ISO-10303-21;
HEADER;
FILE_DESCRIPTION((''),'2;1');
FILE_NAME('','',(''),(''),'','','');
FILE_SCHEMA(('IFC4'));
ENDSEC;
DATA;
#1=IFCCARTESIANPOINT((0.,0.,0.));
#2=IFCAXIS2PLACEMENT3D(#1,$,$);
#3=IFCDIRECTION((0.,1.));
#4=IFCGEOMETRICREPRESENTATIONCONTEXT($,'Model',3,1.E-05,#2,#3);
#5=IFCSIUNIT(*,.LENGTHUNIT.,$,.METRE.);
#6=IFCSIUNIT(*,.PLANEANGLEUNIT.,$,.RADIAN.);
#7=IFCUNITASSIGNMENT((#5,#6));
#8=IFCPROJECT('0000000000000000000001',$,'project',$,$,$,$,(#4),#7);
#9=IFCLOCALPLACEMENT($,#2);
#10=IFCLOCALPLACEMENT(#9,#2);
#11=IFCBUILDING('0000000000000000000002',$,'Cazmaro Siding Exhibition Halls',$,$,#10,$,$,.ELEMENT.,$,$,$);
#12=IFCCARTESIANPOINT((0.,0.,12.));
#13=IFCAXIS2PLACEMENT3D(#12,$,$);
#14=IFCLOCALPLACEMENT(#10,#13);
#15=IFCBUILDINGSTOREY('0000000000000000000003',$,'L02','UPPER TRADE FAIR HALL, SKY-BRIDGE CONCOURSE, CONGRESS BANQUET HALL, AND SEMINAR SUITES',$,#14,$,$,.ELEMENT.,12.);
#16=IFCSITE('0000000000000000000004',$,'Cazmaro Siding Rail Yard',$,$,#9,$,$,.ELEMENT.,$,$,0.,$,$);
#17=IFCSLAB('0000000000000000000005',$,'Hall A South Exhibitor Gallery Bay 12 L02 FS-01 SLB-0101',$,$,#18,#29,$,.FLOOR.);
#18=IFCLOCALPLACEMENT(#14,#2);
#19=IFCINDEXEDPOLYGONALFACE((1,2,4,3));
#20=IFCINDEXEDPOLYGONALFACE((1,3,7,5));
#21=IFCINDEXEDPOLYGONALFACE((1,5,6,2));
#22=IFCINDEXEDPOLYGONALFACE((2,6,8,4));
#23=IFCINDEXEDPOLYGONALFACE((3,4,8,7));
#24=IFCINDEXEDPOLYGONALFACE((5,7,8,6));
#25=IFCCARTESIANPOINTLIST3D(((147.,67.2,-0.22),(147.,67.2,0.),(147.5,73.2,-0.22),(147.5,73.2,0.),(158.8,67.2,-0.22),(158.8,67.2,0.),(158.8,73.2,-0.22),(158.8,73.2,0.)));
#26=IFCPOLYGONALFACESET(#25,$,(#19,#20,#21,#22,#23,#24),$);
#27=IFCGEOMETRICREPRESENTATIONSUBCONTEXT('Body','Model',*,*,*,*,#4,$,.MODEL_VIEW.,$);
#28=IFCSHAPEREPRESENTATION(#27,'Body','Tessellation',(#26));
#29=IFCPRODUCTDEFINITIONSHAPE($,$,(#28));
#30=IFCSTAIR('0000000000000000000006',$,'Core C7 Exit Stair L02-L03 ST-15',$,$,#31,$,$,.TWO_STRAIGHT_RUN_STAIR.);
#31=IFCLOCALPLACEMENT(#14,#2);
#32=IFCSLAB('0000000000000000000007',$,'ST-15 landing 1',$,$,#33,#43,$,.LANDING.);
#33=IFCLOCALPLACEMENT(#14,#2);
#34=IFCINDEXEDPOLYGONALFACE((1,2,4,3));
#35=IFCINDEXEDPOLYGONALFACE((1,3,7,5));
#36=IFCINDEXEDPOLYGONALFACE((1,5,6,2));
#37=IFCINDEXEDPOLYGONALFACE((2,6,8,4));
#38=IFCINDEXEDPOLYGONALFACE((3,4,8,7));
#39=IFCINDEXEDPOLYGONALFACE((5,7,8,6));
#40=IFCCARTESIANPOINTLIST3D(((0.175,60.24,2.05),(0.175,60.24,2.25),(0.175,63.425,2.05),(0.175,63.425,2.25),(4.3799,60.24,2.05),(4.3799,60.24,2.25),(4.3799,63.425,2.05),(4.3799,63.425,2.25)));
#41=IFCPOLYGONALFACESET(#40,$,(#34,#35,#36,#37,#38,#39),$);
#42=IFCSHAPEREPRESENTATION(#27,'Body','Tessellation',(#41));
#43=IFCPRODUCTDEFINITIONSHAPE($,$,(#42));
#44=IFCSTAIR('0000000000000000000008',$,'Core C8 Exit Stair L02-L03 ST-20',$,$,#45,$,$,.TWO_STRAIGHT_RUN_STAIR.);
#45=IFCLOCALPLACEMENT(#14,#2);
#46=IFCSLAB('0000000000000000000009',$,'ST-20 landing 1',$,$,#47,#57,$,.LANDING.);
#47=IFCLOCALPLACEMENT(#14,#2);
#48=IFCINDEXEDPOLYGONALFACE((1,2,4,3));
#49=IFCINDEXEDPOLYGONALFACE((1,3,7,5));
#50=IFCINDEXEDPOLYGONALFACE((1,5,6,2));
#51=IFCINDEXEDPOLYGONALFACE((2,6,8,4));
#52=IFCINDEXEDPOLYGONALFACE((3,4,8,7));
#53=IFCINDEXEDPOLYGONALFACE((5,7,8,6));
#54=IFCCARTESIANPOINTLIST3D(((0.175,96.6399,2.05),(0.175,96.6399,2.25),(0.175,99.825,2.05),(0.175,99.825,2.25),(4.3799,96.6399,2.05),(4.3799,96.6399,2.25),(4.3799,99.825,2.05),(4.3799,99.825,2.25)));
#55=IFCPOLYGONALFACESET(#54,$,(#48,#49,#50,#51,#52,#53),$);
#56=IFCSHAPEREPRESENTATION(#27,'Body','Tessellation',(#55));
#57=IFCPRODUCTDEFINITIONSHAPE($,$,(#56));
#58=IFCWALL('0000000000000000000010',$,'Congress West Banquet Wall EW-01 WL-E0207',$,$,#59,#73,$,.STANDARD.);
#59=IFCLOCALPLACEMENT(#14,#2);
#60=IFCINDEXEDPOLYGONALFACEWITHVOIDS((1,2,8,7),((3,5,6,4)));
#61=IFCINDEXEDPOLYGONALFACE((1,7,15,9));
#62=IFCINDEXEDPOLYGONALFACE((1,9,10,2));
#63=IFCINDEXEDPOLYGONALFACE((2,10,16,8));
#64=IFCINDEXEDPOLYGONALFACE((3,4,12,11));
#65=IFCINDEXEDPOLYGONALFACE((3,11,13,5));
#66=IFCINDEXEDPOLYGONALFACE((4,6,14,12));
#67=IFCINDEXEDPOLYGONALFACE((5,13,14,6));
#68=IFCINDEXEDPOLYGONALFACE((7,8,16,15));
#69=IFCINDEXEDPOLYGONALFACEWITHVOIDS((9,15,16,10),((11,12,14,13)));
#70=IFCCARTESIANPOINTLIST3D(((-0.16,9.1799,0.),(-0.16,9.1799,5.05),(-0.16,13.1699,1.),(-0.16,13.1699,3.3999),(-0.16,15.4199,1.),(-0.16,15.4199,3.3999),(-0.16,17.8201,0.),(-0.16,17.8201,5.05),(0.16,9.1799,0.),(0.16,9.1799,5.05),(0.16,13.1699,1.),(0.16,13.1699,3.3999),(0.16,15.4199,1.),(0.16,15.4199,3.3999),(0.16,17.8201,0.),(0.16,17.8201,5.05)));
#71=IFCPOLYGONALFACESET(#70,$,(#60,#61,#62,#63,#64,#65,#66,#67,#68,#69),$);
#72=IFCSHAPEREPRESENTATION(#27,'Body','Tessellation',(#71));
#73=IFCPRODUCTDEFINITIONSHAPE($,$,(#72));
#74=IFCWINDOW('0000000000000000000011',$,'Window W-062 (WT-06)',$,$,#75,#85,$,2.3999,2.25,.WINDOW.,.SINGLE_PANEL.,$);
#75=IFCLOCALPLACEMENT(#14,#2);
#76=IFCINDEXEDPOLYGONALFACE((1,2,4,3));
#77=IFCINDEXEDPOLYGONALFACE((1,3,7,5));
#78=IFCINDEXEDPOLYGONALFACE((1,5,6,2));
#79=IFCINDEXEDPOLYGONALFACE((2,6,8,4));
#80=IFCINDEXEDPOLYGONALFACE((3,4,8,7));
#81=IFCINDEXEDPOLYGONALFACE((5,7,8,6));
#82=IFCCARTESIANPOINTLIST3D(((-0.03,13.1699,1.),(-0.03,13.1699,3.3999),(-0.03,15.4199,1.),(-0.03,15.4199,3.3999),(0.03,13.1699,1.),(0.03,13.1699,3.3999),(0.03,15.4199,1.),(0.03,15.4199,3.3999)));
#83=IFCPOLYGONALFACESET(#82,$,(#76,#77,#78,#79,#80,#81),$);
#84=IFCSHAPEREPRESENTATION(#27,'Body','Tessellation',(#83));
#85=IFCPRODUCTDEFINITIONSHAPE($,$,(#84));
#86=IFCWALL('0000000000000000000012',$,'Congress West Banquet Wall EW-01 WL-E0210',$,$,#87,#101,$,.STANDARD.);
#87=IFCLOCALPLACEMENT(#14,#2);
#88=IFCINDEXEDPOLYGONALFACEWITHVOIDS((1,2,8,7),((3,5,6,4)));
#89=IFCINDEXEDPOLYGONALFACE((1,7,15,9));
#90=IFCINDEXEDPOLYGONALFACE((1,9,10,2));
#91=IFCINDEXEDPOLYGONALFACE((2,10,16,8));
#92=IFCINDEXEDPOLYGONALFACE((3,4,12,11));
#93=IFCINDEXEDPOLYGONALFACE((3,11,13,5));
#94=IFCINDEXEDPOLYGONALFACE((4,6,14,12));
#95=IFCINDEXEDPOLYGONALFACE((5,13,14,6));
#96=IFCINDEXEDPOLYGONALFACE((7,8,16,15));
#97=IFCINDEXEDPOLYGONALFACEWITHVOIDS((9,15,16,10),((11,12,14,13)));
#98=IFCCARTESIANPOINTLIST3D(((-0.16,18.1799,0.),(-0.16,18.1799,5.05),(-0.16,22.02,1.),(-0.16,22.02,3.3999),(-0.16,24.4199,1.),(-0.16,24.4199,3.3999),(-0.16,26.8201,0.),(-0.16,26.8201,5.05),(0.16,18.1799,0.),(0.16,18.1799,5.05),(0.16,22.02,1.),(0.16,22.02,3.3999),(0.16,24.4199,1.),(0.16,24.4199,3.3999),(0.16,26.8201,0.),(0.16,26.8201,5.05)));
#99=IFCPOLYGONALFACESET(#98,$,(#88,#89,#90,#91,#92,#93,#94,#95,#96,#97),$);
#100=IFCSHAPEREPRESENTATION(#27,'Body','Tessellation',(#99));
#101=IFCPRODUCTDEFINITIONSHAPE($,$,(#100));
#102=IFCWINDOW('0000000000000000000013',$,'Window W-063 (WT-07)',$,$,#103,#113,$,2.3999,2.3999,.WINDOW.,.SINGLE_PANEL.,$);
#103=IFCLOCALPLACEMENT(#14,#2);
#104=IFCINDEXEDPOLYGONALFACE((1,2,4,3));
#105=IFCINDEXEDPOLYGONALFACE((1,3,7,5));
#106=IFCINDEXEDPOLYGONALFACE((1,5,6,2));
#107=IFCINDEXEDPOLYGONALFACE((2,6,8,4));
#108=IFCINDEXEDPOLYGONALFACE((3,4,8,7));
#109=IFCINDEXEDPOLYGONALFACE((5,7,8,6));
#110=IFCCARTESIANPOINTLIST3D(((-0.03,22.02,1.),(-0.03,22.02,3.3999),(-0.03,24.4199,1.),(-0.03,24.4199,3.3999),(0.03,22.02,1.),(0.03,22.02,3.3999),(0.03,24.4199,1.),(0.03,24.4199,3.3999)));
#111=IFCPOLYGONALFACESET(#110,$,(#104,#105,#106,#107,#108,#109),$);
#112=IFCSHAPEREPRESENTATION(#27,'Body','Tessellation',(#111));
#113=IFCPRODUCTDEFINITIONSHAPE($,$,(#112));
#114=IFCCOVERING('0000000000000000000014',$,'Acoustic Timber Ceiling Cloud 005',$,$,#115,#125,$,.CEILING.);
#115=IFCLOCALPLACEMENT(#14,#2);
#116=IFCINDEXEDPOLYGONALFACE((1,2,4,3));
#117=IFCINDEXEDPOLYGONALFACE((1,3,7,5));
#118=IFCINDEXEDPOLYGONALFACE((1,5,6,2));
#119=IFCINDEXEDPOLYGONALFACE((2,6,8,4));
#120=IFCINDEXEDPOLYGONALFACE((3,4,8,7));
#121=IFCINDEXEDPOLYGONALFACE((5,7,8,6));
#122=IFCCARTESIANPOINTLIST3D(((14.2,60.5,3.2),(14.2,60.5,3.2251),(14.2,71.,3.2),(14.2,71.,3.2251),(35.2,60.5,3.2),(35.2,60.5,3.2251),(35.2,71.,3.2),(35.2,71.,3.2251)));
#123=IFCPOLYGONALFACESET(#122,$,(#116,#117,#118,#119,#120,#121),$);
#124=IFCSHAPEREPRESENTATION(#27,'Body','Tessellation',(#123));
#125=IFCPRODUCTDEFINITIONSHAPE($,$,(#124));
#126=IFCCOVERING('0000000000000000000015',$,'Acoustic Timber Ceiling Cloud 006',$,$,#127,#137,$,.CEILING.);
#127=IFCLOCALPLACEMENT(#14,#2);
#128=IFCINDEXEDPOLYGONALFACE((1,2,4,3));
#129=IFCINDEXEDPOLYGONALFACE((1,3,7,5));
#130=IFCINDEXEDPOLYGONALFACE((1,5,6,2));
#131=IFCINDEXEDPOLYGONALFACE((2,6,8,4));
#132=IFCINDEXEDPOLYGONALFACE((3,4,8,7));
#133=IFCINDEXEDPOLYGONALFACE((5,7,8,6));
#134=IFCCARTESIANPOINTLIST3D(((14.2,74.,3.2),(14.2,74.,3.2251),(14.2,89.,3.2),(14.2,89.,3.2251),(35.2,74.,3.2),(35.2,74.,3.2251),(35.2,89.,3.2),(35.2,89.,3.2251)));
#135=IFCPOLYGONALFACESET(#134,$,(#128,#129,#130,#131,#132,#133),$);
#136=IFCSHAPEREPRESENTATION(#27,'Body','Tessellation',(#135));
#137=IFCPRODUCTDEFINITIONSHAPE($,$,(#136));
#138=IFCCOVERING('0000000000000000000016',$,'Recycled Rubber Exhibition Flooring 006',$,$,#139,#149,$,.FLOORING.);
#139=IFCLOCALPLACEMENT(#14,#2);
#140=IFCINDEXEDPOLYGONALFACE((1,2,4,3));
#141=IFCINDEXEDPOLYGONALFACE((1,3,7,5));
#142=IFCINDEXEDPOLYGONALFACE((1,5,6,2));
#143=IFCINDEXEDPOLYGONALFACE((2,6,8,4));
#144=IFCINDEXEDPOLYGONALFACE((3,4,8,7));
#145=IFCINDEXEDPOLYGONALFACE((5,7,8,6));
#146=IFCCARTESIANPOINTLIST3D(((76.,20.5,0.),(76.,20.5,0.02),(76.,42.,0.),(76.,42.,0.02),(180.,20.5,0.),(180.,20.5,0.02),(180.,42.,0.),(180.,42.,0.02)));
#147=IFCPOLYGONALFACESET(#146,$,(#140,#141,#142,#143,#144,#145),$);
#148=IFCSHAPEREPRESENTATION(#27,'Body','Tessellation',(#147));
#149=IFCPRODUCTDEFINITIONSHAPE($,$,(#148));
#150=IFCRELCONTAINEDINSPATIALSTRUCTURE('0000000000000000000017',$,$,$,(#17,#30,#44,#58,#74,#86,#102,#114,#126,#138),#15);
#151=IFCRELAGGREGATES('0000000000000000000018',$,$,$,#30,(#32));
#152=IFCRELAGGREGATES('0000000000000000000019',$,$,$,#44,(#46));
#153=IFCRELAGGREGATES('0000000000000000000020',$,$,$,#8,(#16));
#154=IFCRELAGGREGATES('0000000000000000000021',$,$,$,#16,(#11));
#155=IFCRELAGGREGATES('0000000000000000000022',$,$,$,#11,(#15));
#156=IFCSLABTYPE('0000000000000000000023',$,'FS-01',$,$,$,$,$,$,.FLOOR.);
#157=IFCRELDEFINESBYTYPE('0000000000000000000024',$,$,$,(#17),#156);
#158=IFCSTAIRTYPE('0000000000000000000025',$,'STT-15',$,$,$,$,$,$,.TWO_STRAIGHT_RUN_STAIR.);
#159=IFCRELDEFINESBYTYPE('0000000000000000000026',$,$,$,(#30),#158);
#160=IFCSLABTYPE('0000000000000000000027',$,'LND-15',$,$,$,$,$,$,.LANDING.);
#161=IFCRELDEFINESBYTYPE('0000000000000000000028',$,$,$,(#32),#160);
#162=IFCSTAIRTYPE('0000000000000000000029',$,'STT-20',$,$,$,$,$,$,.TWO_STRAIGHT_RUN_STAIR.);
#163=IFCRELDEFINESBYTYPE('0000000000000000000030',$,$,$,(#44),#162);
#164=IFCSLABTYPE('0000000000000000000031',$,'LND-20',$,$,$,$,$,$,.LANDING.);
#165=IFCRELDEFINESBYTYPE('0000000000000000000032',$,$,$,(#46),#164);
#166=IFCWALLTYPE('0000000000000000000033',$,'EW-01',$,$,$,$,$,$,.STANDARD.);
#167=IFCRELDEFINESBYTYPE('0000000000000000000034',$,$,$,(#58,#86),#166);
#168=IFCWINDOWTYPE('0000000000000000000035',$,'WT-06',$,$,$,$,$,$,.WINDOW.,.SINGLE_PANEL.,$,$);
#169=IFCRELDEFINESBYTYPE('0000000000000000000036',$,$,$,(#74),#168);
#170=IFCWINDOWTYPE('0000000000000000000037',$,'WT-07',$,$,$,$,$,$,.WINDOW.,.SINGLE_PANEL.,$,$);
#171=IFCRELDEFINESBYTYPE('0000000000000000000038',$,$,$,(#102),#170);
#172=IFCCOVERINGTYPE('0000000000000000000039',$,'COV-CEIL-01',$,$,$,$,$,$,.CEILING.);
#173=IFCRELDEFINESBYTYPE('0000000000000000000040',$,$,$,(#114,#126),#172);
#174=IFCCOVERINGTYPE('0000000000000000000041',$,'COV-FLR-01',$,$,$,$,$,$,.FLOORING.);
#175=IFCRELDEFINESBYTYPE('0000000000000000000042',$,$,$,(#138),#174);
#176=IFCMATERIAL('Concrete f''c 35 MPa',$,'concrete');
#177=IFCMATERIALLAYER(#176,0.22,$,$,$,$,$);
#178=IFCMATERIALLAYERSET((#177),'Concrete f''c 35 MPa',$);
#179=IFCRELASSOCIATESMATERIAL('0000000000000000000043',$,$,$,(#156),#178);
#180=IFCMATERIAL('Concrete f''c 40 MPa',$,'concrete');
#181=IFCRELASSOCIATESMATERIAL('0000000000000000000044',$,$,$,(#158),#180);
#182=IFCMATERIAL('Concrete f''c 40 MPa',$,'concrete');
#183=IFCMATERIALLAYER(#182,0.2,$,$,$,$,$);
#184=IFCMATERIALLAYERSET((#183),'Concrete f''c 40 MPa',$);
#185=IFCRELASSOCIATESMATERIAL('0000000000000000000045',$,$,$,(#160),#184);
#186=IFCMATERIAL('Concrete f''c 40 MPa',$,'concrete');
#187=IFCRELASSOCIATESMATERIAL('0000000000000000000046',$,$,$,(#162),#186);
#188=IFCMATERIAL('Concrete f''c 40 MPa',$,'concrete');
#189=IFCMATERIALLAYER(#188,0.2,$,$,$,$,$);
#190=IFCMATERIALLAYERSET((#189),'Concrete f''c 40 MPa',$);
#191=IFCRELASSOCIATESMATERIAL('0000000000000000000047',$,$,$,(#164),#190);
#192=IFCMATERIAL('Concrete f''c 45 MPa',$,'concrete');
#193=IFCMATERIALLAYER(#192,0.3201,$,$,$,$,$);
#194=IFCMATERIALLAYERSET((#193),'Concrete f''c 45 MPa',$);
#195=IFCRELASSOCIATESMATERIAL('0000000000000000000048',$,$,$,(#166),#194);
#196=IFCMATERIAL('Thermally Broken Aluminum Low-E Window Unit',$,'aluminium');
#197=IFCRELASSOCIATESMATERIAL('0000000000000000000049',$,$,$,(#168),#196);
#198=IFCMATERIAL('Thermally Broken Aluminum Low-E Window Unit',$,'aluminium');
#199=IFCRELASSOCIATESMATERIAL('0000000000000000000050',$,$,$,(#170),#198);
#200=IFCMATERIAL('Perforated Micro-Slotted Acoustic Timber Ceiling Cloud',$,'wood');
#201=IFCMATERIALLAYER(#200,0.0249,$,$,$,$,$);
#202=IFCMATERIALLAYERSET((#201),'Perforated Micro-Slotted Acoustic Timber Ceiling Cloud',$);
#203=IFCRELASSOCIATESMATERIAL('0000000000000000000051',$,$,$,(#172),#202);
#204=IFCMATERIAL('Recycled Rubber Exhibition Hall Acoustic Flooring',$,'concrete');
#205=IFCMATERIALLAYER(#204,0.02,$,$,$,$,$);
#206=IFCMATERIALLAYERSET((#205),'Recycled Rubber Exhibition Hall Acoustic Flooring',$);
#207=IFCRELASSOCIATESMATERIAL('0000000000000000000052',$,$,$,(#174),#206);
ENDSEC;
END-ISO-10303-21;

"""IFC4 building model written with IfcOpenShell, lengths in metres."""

from ifc_helpers import new_model, si_unit, direction, frame, frame_2d, origin, place, context, subcontext, project, spatial, polyline, rectangle, outline, extrude, material, layer, layer_set, type_object, element, fill, aggregate, save


model = new_model("IFC4")

# Units and contexts
model_context = context("Model", 3, precision=1e-05, world=origin(), true_north=direction((0.0, 1.0)))
body_context = subcontext(model_context, "Body", "Model", "MODEL_VIEW")
ifc_project = project(units=[si_unit("LENGTHUNIT", "METRE"), si_unit("PLANEANGLEUNIT", "RADIAN")], contexts=[model_context])

# Site, building, storey
site_placement = place(None, origin())
site = spatial("IfcSite", under=ifc_project, at=site_placement, Name="Cazmaro Siding Rail Yard", CompositionType="ELEMENT", RefElevation=0.0)
building_placement = place(site_placement, origin())
building = spatial("IfcBuilding", under=site, at=building_placement, Name="Cazmaro Siding Exhibition Halls", CompositionType="ELEMENT")
storey_placement = place(building_placement, frame((0.0, 0.0, 12.0)))
storey = spatial("IfcBuildingStorey", under=building, at=storey_placement, Name="L02", Description="UPPER TRADE FAIR HALL, SKY-BRIDGE CONCOURSE, CONGRESS BANQUET HALL, AND SEMINAR SUITES", CompositionType="ELEMENT", Elevation=12.0)

# Slab
ifc_material_1 = material(Name="Concrete f'c 35 MPa", Category="concrete")
ifc_layer_1 = layer(ifc_material_1, 0.22)
ifc_layer_set_1 = layer_set([ifc_layer_1], Name="Concrete f'c 35 MPa")
slab_type_1 = type_object("IfcSlabType", Name="FS-01", PredefinedType="FLOOR", material=ifc_layer_set_1)
slab_1_placement = place(storey_placement, frame((0.0, 0.0, -0.22)))
element("IfcSlab", 1, at=slab_1_placement, inside=storey, type_object=slab_type_1, Name="Hall A South Exhibitor Gallery Bay 12 L02 FS-01 SLB-0101", PredefinedType="FLOOR", context=body_context, shape_type="SweptSolid", body=[
    extrude(outline(polyline([(147.0, 67.2), (158.8, 67.2), (158.8, 73.2), (147.5, 73.2), (147.0, 67.2)])), origin(), (0.0, 0.0, 1.0), 0.22),
])

# Stairs, slabs
ifc_material_2 = material(Name="Concrete f'c 40 MPa", Category="concrete")
stair_type_1 = type_object("IfcStairType", Name="STT-15", PredefinedType="TWO_STRAIGHT_RUN_STAIR", material=ifc_material_2)
stair_1_placement = place(storey_placement, origin())
stair_1 = element("IfcStair", 2, at=stair_1_placement, inside=storey, type_object=stair_type_1, Name="Core C7 Exit Stair L02-L03 ST-15", PredefinedType="TWO_STRAIGHT_RUN_STAIR")
ifc_material_3 = material(Name="Concrete f'c 40 MPa", Category="concrete")
ifc_layer_2 = layer(ifc_material_3, 0.2)
ifc_layer_set_2 = layer_set([ifc_layer_2], Name="Concrete f'c 40 MPa")
slab_type_2 = type_object("IfcSlabType", Name="LND-15", PredefinedType="LANDING", material=ifc_layer_set_2)
slab_2_placement = place(storey_placement, frame((0.0, 0.0, 2.05)))
slab_2 = element("IfcSlab", 3, at=slab_2_placement, type_object=slab_type_2, Name="ST-15 landing 1", PredefinedType="LANDING", context=body_context, shape_type="SweptSolid", body=[
    extrude(outline(polyline([(0.175, 60.24), (4.3799, 60.24), (4.3799, 63.425), (0.175, 63.425), (0.175, 60.24)])), origin(), (0.0, 0.0, 1.0), 0.2),
])
aggregate(stair_1, [slab_2])
ifc_material_4 = material(Name="Concrete f'c 40 MPa", Category="concrete")
stair_type_2 = type_object("IfcStairType", Name="STT-20", PredefinedType="TWO_STRAIGHT_RUN_STAIR", material=ifc_material_4)
stair_2_placement = place(storey_placement, origin())
stair_2 = element("IfcStair", 4, at=stair_2_placement, inside=storey, type_object=stair_type_2, Name="Core C8 Exit Stair L02-L03 ST-20", PredefinedType="TWO_STRAIGHT_RUN_STAIR")
ifc_material_5 = material(Name="Concrete f'c 40 MPa", Category="concrete")
ifc_layer_3 = layer(ifc_material_5, 0.2)
ifc_layer_set_3 = layer_set([ifc_layer_3], Name="Concrete f'c 40 MPa")
slab_type_3 = type_object("IfcSlabType", Name="LND-20", PredefinedType="LANDING", material=ifc_layer_set_3)
slab_3_placement = place(storey_placement, frame((0.0, 0.0, 2.05)))
slab_3 = element("IfcSlab", 5, at=slab_3_placement, type_object=slab_type_3, Name="ST-20 landing 1", PredefinedType="LANDING", context=body_context, shape_type="SweptSolid", body=[
    extrude(outline(polyline([(0.175, 96.6399), (4.3799, 96.6399), (4.3799, 99.825), (0.175, 99.825), (0.175, 96.6399)])), origin(), (0.0, 0.0, 1.0), 0.2),
])
aggregate(stair_2, [slab_3])

# Walls, openings, windows
ifc_material_6 = material(Name="Concrete f'c 45 MPa", Category="concrete")
ifc_layer_4 = layer(ifc_material_6, 0.3201)
ifc_layer_set_4 = layer_set([ifc_layer_4], Name="Concrete f'c 45 MPa")
wall_type = type_object("IfcWallType", Name="EW-01", PredefinedType="STANDARD", material=ifc_layer_set_4)
wall_1_placement = place(storey_placement, frame((0.0, 9.1799, 0.0), z_axis=(0.0, 0.0, 1.0), x_axis=(0.0, 1.0, 0.0)))
wall_1 = element("IfcWall", 6, at=wall_1_placement, inside=storey, type_object=wall_type, Name="Congress West Banquet Wall EW-01 WL-E0207", PredefinedType="STANDARD", context=body_context, shape_type="SweptSolid", body=[
    extrude(rectangle(XDim=8.6401, YDim=0.3201, at=frame_2d((4.3201, 0.0))), origin(), (0.0, 0.0, 1.0), 5.05),
])
opening_1_placement = place(wall_1_placement, frame((3.99, 0.0, 1.0)))
opening_1 = element("IfcOpeningElement", 7, at=opening_1_placement, cuts=wall_1, PredefinedType="OPENING", context=body_context, shape_type="SweptSolid", body=[
    extrude(rectangle(XDim=2.25, YDim=2.3999, at=frame_2d((1.125, 1.2))), frame((0.0, 0.1699, 0.0), z_axis=(0.0, -1.0, 0.0), x_axis=(1.0, 0.0, 0.0)), (0.0, 0.0, 1.0), 0.3401),
])
ifc_material_7 = material(Name="Thermally Broken Aluminum Low-E Window Unit", Category="aluminium")
window_type_1 = type_object("IfcWindowType", Name="WT-06", PartitioningType="SINGLE_PANEL", PredefinedType="WINDOW", material=ifc_material_7)
window_1_placement = place(opening_1_placement, origin())
window_1 = element("IfcWindow", 8, at=window_1_placement, inside=storey, type_object=window_type_1, Name="Window W-062 (WT-06)", OverallHeight=2.3999, OverallWidth=2.25, PartitioningType="SINGLE_PANEL", PredefinedType="WINDOW", context=body_context, shape_type="SweptSolid", body=[
    extrude(rectangle(XDim=2.25, YDim=2.3999, at=frame_2d((1.125, 1.2))), frame((0.0, 0.03, 0.0), z_axis=(0.0, -1.0, 0.0), x_axis=(1.0, 0.0, 0.0)), (0.0, 0.0, 1.0), 0.0601),
])
fill(opening_1, window_1)
wall_2_placement = place(storey_placement, frame((0.0, 18.1799, 0.0), z_axis=(0.0, 0.0, 1.0), x_axis=(0.0, 1.0, 0.0)))
wall_2 = element("IfcWall", 9, at=wall_2_placement, inside=storey, type_object=wall_type, Name="Congress West Banquet Wall EW-01 WL-E0210", PredefinedType="STANDARD", context=body_context, shape_type="SweptSolid", body=[
    extrude(rectangle(XDim=8.6401, YDim=0.3201, at=frame_2d((4.3201, 0.0))), origin(), (0.0, 0.0, 1.0), 5.05),
])
opening_2_placement = place(wall_2_placement, frame((3.8401, 0.0, 1.0)))
opening_2 = element("IfcOpeningElement", 10, at=opening_2_placement, cuts=wall_2, PredefinedType="OPENING", context=body_context, shape_type="SweptSolid", body=[
    extrude(rectangle(XDim=2.3999, YDim=2.3999, at=frame_2d((1.2, 1.2))), frame((0.0, 0.1699, 0.0), z_axis=(0.0, -1.0, 0.0), x_axis=(1.0, 0.0, 0.0)), (0.0, 0.0, 1.0), 0.3401),
])
ifc_material_8 = material(Name="Thermally Broken Aluminum Low-E Window Unit", Category="aluminium")
window_type_2 = type_object("IfcWindowType", Name="WT-07", PartitioningType="SINGLE_PANEL", PredefinedType="WINDOW", material=ifc_material_8)
window_2_placement = place(opening_2_placement, origin())
window_2 = element("IfcWindow", 11, at=window_2_placement, inside=storey, type_object=window_type_2, Name="Window W-063 (WT-07)", OverallHeight=2.3999, OverallWidth=2.3999, PartitioningType="SINGLE_PANEL", PredefinedType="WINDOW", context=body_context, shape_type="SweptSolid", body=[
    extrude(rectangle(XDim=2.3999, YDim=2.3999, at=frame_2d((1.2, 1.2))), frame((0.0, 0.03, 0.0), z_axis=(0.0, -1.0, 0.0), x_axis=(1.0, 0.0, 0.0)), (0.0, 0.0, 1.0), 0.0601),
])
fill(opening_2, window_2)

# Coverings
ifc_material_9 = material(Name="Perforated Micro-Slotted Acoustic Timber Ceiling Cloud", Category="wood")
ifc_layer_5 = layer(ifc_material_9, 0.0249)
ifc_layer_set_5 = layer_set([ifc_layer_5], Name="Perforated Micro-Slotted Acoustic Timber Ceiling Cloud")
covering_type_1 = type_object("IfcCoveringType", Name="COV-CEIL-01", PredefinedType="CEILING", material=ifc_layer_set_5)
covering_1_placement = place(storey_placement, frame((0.0, 0.0, 3.2)))
element("IfcCovering", 12, at=covering_1_placement, inside=storey, type_object=covering_type_1, Name="Acoustic Timber Ceiling Cloud 005", PredefinedType="CEILING", context=body_context, shape_type="SweptSolid", body=[
    extrude(outline(polyline([(14.2, 60.5), (35.2, 60.5), (35.2, 71.0), (14.2, 71.0), (14.2, 60.5)])), origin(), (0.0, 0.0, 1.0), 0.0251),
])
covering_2_placement = place(storey_placement, frame((0.0, 0.0, 3.2)))
element("IfcCovering", 13, at=covering_2_placement, inside=storey, type_object=covering_type_1, Name="Acoustic Timber Ceiling Cloud 006", PredefinedType="CEILING", context=body_context, shape_type="SweptSolid", body=[
    extrude(outline(polyline([(14.2, 74.0), (35.2, 74.0), (35.2, 89.0), (14.2, 89.0), (14.2, 74.0)])), origin(), (0.0, 0.0, 1.0), 0.0251),
])
ifc_material_10 = material(Name="Recycled Rubber Exhibition Hall Acoustic Flooring", Category="concrete")
ifc_layer_6 = layer(ifc_material_10, 0.02)
ifc_layer_set_6 = layer_set([ifc_layer_6], Name="Recycled Rubber Exhibition Hall Acoustic Flooring")
covering_type_2 = type_object("IfcCoveringType", Name="COV-FLR-01", PredefinedType="FLOORING", material=ifc_layer_set_6)
covering_3_placement = place(storey_placement, origin())
element("IfcCovering", 14, at=covering_3_placement, inside=storey, type_object=covering_type_2, Name="Recycled Rubber Exhibition Flooring 006", PredefinedType="FLOORING", context=body_context, shape_type="SweptSolid", body=[
    extrude(outline(polyline([(76.0, 20.5), (180.0, 20.5), (180.0, 42.0), (76.0, 42.0), (76.0, 20.5)])), origin(), (0.0, 0.0, 1.0), 0.02),
])

save(model, "model.ifc")
